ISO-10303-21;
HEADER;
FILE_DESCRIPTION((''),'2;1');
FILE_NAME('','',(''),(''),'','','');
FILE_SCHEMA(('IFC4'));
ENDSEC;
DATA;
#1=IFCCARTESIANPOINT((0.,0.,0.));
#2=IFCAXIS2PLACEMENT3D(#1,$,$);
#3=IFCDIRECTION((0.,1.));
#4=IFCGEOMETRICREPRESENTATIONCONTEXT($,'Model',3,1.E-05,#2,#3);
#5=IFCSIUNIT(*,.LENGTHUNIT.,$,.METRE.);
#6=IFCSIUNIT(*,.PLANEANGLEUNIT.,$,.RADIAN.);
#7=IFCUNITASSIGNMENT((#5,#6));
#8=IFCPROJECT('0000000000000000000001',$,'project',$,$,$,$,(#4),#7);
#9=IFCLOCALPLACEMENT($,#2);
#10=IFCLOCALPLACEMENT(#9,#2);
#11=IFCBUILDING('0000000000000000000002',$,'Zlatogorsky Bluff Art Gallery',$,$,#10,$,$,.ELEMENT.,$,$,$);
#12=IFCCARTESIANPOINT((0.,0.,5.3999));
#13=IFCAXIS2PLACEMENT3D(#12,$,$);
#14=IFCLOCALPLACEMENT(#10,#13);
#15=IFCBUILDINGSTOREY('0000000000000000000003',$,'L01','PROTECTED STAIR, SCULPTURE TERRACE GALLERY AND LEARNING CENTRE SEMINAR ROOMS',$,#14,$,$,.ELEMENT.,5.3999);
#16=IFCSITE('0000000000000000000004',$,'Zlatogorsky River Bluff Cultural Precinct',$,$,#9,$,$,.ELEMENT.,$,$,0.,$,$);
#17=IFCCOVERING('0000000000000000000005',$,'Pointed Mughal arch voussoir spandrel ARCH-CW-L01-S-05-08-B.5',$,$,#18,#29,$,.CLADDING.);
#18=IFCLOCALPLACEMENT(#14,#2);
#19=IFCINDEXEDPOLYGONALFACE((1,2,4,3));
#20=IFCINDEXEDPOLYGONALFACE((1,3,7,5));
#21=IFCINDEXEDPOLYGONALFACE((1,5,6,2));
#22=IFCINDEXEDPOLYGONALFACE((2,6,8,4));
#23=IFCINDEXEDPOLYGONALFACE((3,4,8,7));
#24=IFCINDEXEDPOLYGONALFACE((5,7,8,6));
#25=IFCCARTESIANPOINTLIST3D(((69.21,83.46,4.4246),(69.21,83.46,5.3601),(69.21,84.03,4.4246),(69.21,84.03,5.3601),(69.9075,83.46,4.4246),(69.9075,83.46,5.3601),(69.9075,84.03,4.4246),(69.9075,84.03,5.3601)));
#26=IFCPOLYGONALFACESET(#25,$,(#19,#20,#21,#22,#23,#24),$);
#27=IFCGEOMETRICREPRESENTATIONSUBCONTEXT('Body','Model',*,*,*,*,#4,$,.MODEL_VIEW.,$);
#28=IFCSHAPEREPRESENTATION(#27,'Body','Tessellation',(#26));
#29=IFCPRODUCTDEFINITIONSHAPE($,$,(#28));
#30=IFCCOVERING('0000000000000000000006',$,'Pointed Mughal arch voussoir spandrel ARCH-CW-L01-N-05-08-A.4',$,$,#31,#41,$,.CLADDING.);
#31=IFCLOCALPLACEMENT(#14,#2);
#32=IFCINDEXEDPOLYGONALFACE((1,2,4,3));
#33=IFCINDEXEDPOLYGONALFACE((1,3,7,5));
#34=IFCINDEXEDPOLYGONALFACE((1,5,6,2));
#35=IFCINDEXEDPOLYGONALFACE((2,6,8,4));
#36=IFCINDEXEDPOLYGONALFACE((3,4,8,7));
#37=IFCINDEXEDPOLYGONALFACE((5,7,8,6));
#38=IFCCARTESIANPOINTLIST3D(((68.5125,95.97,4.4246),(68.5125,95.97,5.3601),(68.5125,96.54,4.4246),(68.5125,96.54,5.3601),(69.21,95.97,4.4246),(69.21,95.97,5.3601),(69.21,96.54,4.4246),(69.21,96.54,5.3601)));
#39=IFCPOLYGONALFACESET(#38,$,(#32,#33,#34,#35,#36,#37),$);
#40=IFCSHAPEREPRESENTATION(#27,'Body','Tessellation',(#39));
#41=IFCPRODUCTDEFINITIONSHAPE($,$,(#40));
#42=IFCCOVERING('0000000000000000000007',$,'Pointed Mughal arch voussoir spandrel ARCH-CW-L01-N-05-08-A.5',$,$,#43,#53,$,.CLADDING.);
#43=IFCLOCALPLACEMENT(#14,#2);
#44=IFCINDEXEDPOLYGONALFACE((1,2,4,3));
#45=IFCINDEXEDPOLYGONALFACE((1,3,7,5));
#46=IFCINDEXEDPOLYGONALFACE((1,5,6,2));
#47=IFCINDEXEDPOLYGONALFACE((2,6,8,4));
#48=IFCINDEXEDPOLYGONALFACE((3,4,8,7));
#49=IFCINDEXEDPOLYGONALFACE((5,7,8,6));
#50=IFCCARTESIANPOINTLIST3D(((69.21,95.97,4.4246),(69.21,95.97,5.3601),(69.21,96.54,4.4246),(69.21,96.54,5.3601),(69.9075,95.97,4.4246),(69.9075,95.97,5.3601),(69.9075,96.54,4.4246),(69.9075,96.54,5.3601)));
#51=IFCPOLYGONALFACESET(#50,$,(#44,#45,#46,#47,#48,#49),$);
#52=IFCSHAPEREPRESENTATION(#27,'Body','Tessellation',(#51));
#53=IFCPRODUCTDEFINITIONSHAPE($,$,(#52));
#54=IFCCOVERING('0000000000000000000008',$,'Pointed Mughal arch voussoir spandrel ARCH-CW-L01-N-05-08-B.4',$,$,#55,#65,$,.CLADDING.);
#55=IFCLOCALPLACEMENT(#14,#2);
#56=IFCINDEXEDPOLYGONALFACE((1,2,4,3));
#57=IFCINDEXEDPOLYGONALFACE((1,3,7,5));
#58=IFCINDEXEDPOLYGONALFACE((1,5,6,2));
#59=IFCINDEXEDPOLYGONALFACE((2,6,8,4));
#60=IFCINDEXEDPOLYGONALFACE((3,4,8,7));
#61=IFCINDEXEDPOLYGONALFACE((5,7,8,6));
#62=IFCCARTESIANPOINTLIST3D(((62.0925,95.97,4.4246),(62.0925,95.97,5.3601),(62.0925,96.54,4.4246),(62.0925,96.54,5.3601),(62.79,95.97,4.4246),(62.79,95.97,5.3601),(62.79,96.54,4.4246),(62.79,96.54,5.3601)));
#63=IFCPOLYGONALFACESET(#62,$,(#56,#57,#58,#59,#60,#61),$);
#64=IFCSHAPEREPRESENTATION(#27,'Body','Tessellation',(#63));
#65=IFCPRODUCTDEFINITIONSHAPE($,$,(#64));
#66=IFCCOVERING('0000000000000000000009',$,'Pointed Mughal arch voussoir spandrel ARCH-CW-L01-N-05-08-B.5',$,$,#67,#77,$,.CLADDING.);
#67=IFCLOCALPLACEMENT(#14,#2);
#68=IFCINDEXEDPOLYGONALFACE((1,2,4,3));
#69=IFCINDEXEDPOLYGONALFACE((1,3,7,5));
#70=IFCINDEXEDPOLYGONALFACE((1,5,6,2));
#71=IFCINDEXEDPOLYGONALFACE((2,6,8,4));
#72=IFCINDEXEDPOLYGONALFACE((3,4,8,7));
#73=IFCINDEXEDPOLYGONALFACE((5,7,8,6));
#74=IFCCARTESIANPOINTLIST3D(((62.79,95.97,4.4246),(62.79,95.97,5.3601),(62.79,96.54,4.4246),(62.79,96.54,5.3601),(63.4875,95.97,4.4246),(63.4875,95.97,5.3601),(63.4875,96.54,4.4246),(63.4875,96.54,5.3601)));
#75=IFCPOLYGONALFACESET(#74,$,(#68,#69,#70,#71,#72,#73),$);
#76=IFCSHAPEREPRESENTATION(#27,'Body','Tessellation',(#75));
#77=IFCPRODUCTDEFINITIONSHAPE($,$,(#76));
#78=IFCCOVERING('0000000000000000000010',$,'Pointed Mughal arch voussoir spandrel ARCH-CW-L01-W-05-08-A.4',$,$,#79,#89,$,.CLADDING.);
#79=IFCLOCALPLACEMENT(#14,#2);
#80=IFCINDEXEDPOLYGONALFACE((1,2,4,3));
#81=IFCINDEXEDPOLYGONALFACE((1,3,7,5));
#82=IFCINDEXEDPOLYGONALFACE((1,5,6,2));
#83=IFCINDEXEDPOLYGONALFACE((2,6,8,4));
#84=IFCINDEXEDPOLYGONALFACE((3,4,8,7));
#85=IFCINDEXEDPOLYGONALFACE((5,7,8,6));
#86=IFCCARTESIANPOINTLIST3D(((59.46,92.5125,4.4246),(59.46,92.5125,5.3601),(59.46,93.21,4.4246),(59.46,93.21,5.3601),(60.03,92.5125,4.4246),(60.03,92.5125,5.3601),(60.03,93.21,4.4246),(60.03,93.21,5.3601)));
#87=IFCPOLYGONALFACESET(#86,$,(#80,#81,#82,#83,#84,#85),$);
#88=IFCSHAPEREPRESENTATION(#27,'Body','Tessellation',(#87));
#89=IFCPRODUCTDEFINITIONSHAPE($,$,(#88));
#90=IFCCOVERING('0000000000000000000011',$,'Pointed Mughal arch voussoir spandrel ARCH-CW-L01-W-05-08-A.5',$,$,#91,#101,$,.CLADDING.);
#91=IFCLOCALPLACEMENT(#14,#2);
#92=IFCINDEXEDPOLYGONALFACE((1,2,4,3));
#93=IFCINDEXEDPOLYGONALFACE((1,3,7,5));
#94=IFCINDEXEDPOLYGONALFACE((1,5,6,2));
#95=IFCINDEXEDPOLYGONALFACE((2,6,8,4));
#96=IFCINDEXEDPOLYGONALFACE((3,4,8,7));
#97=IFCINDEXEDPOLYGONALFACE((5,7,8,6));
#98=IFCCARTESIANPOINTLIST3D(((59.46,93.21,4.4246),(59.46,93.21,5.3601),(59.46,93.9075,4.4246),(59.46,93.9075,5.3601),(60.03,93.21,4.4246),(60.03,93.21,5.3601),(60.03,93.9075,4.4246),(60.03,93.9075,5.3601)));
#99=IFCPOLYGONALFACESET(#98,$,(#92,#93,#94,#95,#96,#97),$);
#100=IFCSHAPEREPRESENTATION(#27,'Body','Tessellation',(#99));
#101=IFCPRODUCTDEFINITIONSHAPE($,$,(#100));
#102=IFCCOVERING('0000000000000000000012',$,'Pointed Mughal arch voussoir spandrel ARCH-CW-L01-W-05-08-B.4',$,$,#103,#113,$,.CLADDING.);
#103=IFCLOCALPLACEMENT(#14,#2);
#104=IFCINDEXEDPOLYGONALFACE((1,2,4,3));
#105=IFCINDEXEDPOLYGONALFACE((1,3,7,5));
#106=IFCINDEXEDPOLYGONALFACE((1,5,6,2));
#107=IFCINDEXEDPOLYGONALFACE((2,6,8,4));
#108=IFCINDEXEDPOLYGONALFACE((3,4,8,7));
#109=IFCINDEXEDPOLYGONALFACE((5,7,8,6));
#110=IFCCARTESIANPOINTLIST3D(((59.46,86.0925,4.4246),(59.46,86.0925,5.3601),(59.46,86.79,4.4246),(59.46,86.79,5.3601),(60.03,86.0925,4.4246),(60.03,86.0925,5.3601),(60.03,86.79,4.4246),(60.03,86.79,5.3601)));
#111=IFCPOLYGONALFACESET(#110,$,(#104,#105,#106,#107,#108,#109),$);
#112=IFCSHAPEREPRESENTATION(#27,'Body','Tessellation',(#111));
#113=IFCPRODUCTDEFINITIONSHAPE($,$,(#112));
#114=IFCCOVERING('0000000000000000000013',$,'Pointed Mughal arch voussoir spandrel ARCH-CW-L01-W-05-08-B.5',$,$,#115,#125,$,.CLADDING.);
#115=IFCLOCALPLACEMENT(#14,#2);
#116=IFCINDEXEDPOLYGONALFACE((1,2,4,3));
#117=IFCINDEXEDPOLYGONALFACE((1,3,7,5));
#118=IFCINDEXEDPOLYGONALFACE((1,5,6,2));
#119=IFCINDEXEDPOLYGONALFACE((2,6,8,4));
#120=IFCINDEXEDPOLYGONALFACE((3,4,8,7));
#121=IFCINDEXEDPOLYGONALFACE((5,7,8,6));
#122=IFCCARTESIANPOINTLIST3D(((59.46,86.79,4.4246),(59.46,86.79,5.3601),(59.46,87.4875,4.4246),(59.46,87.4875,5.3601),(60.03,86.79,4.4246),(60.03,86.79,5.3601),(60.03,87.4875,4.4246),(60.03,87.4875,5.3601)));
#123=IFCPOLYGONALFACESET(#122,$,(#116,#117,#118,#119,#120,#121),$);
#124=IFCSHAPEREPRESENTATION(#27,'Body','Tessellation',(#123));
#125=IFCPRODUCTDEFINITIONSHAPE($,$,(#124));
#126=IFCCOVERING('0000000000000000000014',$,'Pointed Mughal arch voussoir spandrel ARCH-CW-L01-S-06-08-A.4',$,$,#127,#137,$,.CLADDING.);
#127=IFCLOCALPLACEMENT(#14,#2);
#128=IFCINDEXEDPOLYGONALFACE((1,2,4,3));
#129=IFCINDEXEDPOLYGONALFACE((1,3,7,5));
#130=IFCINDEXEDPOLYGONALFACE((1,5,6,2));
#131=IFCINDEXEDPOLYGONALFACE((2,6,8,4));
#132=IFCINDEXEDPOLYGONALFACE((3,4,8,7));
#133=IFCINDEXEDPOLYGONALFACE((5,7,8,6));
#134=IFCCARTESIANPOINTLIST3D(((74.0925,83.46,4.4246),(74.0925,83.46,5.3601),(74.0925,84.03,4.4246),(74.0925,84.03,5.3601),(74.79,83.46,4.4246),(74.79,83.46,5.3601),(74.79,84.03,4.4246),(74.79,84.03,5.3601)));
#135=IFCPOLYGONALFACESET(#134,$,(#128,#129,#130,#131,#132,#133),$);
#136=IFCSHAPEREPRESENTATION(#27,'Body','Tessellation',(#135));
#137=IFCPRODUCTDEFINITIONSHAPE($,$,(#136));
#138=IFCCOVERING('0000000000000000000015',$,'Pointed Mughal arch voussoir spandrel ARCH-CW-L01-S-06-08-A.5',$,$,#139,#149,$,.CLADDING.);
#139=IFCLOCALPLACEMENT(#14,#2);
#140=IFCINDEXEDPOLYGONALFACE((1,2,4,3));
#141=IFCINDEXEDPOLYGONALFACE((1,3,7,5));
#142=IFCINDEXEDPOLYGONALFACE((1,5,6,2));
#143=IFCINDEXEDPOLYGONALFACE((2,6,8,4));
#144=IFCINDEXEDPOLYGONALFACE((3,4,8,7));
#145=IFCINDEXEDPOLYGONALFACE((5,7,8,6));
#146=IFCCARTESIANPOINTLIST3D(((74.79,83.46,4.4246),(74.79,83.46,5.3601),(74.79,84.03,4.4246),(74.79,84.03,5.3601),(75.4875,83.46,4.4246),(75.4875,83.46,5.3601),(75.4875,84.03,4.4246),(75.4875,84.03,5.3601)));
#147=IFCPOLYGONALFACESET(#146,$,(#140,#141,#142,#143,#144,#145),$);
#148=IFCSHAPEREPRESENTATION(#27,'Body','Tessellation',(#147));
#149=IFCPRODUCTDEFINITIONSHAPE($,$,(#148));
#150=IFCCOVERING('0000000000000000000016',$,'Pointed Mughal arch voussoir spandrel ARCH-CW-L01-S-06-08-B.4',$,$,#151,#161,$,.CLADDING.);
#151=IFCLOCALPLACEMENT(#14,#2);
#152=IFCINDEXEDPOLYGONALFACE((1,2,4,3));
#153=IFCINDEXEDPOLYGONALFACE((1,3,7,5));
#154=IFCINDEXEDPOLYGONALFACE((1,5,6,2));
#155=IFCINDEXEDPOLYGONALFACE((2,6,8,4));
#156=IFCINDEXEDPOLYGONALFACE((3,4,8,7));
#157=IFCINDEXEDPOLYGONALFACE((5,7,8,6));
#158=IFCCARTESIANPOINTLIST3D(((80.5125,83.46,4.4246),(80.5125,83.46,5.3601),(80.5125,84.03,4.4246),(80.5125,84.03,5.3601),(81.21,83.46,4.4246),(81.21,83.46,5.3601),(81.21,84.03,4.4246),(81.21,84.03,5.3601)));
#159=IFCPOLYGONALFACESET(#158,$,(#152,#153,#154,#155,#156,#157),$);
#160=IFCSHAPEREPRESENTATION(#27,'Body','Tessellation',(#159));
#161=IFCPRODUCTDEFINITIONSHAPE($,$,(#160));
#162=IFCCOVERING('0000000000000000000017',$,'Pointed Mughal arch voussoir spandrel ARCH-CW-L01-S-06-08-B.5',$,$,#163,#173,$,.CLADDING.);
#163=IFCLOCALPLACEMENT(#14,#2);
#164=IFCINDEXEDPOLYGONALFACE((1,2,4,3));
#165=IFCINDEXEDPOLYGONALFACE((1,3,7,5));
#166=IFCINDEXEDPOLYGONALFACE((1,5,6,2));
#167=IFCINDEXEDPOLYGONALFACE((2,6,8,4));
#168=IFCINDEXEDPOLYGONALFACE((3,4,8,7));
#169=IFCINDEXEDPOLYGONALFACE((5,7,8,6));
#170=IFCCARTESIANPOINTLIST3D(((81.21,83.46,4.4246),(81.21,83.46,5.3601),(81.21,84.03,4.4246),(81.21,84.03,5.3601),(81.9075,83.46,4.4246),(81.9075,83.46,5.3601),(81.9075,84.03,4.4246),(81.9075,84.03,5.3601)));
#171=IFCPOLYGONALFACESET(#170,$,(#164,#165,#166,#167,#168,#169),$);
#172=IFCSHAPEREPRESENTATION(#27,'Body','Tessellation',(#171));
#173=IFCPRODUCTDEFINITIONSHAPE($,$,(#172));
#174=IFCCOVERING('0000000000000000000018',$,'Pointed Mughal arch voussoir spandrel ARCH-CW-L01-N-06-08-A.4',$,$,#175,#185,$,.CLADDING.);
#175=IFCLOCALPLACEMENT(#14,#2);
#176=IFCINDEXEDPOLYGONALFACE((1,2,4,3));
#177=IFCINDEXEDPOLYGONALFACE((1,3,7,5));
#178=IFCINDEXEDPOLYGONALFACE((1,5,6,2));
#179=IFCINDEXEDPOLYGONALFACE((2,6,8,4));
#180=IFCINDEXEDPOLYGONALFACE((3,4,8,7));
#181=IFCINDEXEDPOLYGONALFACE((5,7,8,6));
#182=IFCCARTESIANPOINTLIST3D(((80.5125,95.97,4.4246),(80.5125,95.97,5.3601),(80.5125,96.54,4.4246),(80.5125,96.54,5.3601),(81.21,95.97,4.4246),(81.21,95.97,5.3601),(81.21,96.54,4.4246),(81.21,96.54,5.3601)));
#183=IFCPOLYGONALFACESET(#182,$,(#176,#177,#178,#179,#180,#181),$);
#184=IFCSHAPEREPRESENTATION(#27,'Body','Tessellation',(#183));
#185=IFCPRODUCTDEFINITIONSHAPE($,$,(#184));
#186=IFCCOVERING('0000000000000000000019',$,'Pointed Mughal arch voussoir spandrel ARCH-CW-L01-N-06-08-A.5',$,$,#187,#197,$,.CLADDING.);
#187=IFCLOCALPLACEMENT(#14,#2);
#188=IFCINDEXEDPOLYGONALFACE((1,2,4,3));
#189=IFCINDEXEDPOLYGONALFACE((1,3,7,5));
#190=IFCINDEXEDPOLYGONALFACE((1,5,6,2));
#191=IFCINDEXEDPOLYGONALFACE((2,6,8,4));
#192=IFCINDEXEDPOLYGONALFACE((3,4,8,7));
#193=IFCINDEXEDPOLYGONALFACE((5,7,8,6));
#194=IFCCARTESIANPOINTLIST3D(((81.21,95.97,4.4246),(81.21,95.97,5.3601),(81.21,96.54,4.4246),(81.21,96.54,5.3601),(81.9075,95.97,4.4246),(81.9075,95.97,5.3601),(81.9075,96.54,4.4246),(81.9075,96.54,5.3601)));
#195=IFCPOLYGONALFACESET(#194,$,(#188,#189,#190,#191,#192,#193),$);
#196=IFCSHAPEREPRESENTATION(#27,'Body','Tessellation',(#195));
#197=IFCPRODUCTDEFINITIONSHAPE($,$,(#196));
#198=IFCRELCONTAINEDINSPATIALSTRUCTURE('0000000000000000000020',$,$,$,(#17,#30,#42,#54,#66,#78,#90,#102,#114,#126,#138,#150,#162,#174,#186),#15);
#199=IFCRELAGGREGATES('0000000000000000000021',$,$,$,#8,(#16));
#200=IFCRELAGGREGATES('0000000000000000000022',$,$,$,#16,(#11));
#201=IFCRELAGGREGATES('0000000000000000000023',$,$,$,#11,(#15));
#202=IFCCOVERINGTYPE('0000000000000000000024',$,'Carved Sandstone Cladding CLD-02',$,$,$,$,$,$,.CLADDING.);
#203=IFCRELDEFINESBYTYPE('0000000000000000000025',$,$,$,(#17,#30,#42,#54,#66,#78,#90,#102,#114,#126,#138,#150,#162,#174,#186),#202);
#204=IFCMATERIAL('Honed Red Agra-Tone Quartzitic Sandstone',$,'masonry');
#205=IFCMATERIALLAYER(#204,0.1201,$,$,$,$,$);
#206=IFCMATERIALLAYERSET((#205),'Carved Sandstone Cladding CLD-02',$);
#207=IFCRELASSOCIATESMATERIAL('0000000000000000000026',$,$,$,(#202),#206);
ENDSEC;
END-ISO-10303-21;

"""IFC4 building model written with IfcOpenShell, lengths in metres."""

from ifc_helpers import new_model, si_unit, direction, frame, origin, place, context, subcontext, project, spatial, polyline, outline, extrude, material, layer, layer_set, type_object, element, save


model = new_model("IFC4")

# Units and contexts
model_context = context("Model", 3, precision=1e-05, world=origin(), true_north=direction((0.0, 1.0)))
body_context = subcontext(model_context, "Body", "Model", "MODEL_VIEW")
ifc_project = project(units=[si_unit("LENGTHUNIT", "METRE"), si_unit("PLANEANGLEUNIT", "RADIAN")], contexts=[model_context])

# Site, building, storey
site_placement = place(None, origin())
site = spatial("IfcSite", under=ifc_project, at=site_placement, Name="Zlatogorsky River Bluff Cultural Precinct", CompositionType="ELEMENT", RefElevation=0.0)
building_placement = place(site_placement, origin())
building = spatial("IfcBuilding", under=site, at=building_placement, Name="Zlatogorsky Bluff Art Gallery", CompositionType="ELEMENT")
storey_placement = place(building_placement, frame((0.0, 0.0, 5.3999)))
storey = spatial("IfcBuildingStorey", under=building, at=storey_placement, Name="L01", Description="PROTECTED STAIR, SCULPTURE TERRACE GALLERY AND LEARNING CENTRE SEMINAR ROOMS", CompositionType="ELEMENT", Elevation=5.3999)

# Coverings
ifc_material = material(Name="Honed Red Agra-Tone Quartzitic Sandstone", Category="masonry")
ifc_layer = layer(ifc_material, 0.1201)
ifc_layer_set = layer_set([ifc_layer], Name="Carved Sandstone Cladding CLD-02")
covering_type = type_object("IfcCoveringType", Name="Carved Sandstone Cladding CLD-02", PredefinedType="CLADDING", material=ifc_layer_set)
covering_1_placement = place(storey_placement, frame((0.0, 0.0, 4.4246)))
element("IfcCovering", 1, at=covering_1_placement, inside=storey, type_object=covering_type, Name="Pointed Mughal arch voussoir spandrel ARCH-CW-L01-S-05-08-B.5", PredefinedType="CLADDING", context=body_context, shape_type="SweptSolid", body=[
    extrude(outline(polyline([(69.21, 83.46), (69.9075, 83.46), (69.9075, 84.03), (69.21, 84.03), (69.21, 83.46)])), origin(), (0.0, 0.0, 1.0), 0.9355),
])
covering_2_placement = place(storey_placement, frame((0.0, 0.0, 4.4246)))
element("IfcCovering", 2, at=covering_2_placement, inside=storey, type_object=covering_type, Name="Pointed Mughal arch voussoir spandrel ARCH-CW-L01-N-05-08-A.4", PredefinedType="CLADDING", context=body_context, shape_type="SweptSolid", body=[
    extrude(outline(polyline([(68.5125, 95.97), (69.21, 95.97), (69.21, 96.54), (68.5125, 96.54), (68.5125, 95.97)])), origin(), (0.0, 0.0, 1.0), 0.9355),
])
covering_3_placement = place(storey_placement, frame((0.0, 0.0, 4.4246)))
element("IfcCovering", 3, at=covering_3_placement, inside=storey, type_object=covering_type, Name="Pointed Mughal arch voussoir spandrel ARCH-CW-L01-N-05-08-A.5", PredefinedType="CLADDING", context=body_context, shape_type="SweptSolid", body=[
    extrude(outline(polyline([(69.21, 95.97), (69.9075, 95.97), (69.9075, 96.54), (69.21, 96.54), (69.21, 95.97)])), origin(), (0.0, 0.0, 1.0), 0.9355),
])
covering_4_placement = place(storey_placement, frame((0.0, 0.0, 4.4246)))
element("IfcCovering", 4, at=covering_4_placement, inside=storey, type_object=covering_type, Name="Pointed Mughal arch voussoir spandrel ARCH-CW-L01-N-05-08-B.4", PredefinedType="CLADDING", context=body_context, shape_type="SweptSolid", body=[
    extrude(outline(polyline([(62.0925, 95.97), (62.79, 95.97), (62.79, 96.54), (62.0925, 96.54), (62.0925, 95.97)])), origin(), (0.0, 0.0, 1.0), 0.9355),
])
covering_5_placement = place(storey_placement, frame((0.0, 0.0, 4.4246)))
element("IfcCovering", 5, at=covering_5_placement, inside=storey, type_object=covering_type, Name="Pointed Mughal arch voussoir spandrel ARCH-CW-L01-N-05-08-B.5", PredefinedType="CLADDING", context=body_context, shape_type="SweptSolid", body=[
    extrude(outline(polyline([(62.79, 95.97), (63.4875, 95.97), (63.4875, 96.54), (62.79, 96.54), (62.79, 95.97)])), origin(), (0.0, 0.0, 1.0), 0.9355),
])
covering_6_placement = place(storey_placement, frame((0.0, 0.0, 4.4246)))
element("IfcCovering", 6, at=covering_6_placement, inside=storey, type_object=covering_type, Name="Pointed Mughal arch voussoir spandrel ARCH-CW-L01-W-05-08-A.4", PredefinedType="CLADDING", context=body_context, shape_type="SweptSolid", body=[
    extrude(outline(polyline([(59.46, 92.5125), (59.46, 93.21), (60.03, 93.21), (60.03, 92.5125), (59.46, 92.5125)])), origin(), (0.0, 0.0, 1.0), 0.9355),
])
covering_7_placement = place(storey_placement, frame((0.0, 0.0, 4.4246)))
element("IfcCovering", 7, at=covering_7_placement, inside=storey, type_object=covering_type, Name="Pointed Mughal arch voussoir spandrel ARCH-CW-L01-W-05-08-A.5", PredefinedType="CLADDING", context=body_context, shape_type="SweptSolid", body=[
    extrude(outline(polyline([(59.46, 93.21), (59.46, 93.9075), (60.03, 93.9075), (60.03, 93.21), (59.46, 93.21)])), origin(), (0.0, 0.0, 1.0), 0.9355),
])
covering_8_placement = place(storey_placement, frame((0.0, 0.0, 4.4246)))
element("IfcCovering", 8, at=covering_8_placement, inside=storey, type_object=covering_type, Name="Pointed Mughal arch voussoir spandrel ARCH-CW-L01-W-05-08-B.4", PredefinedType="CLADDING", context=body_context, shape_type="SweptSolid", body=[
    extrude(outline(polyline([(59.46, 86.0925), (59.46, 86.79), (60.03, 86.79), (60.03, 86.0925), (59.46, 86.0925)])), origin(), (0.0, 0.0, 1.0), 0.9355),
])
covering_9_placement = place(storey_placement, frame((0.0, 0.0, 4.4246)))
element("IfcCovering", 9, at=covering_9_placement, inside=storey, type_object=covering_type, Name="Pointed Mughal arch voussoir spandrel ARCH-CW-L01-W-05-08-B.5", PredefinedType="CLADDING", context=body_context, shape_type="SweptSolid", body=[
    extrude(outline(polyline([(59.46, 86.79), (59.46, 87.4875), (60.03, 87.4875), (60.03, 86.79), (59.46, 86.79)])), origin(), (0.0, 0.0, 1.0), 0.9355),
])
covering_10_placement = place(storey_placement, frame((0.0, 0.0, 4.4246)))
element("IfcCovering", 10, at=covering_10_placement, inside=storey, type_object=covering_type, Name="Pointed Mughal arch voussoir spandrel ARCH-CW-L01-S-06-08-A.4", PredefinedType="CLADDING", context=body_context, shape_type="SweptSolid", body=[
    extrude(outline(polyline([(74.0925, 83.46), (74.79, 83.46), (74.79, 84.03), (74.0925, 84.03), (74.0925, 83.46)])), origin(), (0.0, 0.0, 1.0), 0.9355),
])
covering_11_placement = place(storey_placement, frame((0.0, 0.0, 4.4246)))
element("IfcCovering", 11, at=covering_11_placement, inside=storey, type_object=covering_type, Name="Pointed Mughal arch voussoir spandrel ARCH-CW-L01-S-06-08-A.5", PredefinedType="CLADDING", context=body_context, shape_type="SweptSolid", body=[
    extrude(outline(polyline([(74.79, 83.46), (75.4875, 83.46), (75.4875, 84.03), (74.79, 84.03), (74.79, 83.46)])), origin(), (0.0, 0.0, 1.0), 0.9355),
])
covering_12_placement = place(storey_placement, frame((0.0, 0.0, 4.4246)))
element("IfcCovering", 12, at=covering_12_placement, inside=storey, type_object=covering_type, Name="Pointed Mughal arch voussoir spandrel ARCH-CW-L01-S-06-08-B.4", PredefinedType="CLADDING", context=body_context, shape_type="SweptSolid", body=[
    extrude(outline(polyline([(80.5125, 83.46), (81.21, 83.46), (81.21, 84.03), (80.5125, 84.03), (80.5125, 83.46)])), origin(), (0.0, 0.0, 1.0), 0.9355),
])
covering_13_placement = place(storey_placement, frame((0.0, 0.0, 4.4246)))
element("IfcCovering", 13, at=covering_13_placement, inside=storey, type_object=covering_type, Name="Pointed Mughal arch voussoir spandrel ARCH-CW-L01-S-06-08-B.5", PredefinedType="CLADDING", context=body_context, shape_type="SweptSolid", body=[
    extrude(outline(polyline([(81.21, 83.46), (81.9075, 83.46), (81.9075, 84.03), (81.21, 84.03), (81.21, 83.46)])), origin(), (0.0, 0.0, 1.0), 0.9355),
])
covering_14_placement = place(storey_placement, frame((0.0, 0.0, 4.4246)))
element("IfcCovering", 14, at=covering_14_placement, inside=storey, type_object=covering_type, Name="Pointed Mughal arch voussoir spandrel ARCH-CW-L01-N-06-08-A.4", PredefinedType="CLADDING", context=body_context, shape_type="SweptSolid", body=[
    extrude(outline(polyline([(80.5125, 95.97), (81.21, 95.97), (81.21, 96.54), (80.5125, 96.54), (80.5125, 95.97)])), origin(), (0.0, 0.0, 1.0), 0.9355),
])
covering_15_placement = place(storey_placement, frame((0.0, 0.0, 4.4246)))
element("IfcCovering", 15, at=covering_15_placement, inside=storey, type_object=covering_type, Name="Pointed Mughal arch voussoir spandrel ARCH-CW-L01-N-06-08-A.5", PredefinedType="CLADDING", context=body_context, shape_type="SweptSolid", body=[
    extrude(outline(polyline([(81.21, 95.97), (81.9075, 95.97), (81.9075, 96.54), (81.21, 96.54), (81.21, 95.97)])), origin(), (0.0, 0.0, 1.0), 0.9355),
])

save(model, "model.ifc")
